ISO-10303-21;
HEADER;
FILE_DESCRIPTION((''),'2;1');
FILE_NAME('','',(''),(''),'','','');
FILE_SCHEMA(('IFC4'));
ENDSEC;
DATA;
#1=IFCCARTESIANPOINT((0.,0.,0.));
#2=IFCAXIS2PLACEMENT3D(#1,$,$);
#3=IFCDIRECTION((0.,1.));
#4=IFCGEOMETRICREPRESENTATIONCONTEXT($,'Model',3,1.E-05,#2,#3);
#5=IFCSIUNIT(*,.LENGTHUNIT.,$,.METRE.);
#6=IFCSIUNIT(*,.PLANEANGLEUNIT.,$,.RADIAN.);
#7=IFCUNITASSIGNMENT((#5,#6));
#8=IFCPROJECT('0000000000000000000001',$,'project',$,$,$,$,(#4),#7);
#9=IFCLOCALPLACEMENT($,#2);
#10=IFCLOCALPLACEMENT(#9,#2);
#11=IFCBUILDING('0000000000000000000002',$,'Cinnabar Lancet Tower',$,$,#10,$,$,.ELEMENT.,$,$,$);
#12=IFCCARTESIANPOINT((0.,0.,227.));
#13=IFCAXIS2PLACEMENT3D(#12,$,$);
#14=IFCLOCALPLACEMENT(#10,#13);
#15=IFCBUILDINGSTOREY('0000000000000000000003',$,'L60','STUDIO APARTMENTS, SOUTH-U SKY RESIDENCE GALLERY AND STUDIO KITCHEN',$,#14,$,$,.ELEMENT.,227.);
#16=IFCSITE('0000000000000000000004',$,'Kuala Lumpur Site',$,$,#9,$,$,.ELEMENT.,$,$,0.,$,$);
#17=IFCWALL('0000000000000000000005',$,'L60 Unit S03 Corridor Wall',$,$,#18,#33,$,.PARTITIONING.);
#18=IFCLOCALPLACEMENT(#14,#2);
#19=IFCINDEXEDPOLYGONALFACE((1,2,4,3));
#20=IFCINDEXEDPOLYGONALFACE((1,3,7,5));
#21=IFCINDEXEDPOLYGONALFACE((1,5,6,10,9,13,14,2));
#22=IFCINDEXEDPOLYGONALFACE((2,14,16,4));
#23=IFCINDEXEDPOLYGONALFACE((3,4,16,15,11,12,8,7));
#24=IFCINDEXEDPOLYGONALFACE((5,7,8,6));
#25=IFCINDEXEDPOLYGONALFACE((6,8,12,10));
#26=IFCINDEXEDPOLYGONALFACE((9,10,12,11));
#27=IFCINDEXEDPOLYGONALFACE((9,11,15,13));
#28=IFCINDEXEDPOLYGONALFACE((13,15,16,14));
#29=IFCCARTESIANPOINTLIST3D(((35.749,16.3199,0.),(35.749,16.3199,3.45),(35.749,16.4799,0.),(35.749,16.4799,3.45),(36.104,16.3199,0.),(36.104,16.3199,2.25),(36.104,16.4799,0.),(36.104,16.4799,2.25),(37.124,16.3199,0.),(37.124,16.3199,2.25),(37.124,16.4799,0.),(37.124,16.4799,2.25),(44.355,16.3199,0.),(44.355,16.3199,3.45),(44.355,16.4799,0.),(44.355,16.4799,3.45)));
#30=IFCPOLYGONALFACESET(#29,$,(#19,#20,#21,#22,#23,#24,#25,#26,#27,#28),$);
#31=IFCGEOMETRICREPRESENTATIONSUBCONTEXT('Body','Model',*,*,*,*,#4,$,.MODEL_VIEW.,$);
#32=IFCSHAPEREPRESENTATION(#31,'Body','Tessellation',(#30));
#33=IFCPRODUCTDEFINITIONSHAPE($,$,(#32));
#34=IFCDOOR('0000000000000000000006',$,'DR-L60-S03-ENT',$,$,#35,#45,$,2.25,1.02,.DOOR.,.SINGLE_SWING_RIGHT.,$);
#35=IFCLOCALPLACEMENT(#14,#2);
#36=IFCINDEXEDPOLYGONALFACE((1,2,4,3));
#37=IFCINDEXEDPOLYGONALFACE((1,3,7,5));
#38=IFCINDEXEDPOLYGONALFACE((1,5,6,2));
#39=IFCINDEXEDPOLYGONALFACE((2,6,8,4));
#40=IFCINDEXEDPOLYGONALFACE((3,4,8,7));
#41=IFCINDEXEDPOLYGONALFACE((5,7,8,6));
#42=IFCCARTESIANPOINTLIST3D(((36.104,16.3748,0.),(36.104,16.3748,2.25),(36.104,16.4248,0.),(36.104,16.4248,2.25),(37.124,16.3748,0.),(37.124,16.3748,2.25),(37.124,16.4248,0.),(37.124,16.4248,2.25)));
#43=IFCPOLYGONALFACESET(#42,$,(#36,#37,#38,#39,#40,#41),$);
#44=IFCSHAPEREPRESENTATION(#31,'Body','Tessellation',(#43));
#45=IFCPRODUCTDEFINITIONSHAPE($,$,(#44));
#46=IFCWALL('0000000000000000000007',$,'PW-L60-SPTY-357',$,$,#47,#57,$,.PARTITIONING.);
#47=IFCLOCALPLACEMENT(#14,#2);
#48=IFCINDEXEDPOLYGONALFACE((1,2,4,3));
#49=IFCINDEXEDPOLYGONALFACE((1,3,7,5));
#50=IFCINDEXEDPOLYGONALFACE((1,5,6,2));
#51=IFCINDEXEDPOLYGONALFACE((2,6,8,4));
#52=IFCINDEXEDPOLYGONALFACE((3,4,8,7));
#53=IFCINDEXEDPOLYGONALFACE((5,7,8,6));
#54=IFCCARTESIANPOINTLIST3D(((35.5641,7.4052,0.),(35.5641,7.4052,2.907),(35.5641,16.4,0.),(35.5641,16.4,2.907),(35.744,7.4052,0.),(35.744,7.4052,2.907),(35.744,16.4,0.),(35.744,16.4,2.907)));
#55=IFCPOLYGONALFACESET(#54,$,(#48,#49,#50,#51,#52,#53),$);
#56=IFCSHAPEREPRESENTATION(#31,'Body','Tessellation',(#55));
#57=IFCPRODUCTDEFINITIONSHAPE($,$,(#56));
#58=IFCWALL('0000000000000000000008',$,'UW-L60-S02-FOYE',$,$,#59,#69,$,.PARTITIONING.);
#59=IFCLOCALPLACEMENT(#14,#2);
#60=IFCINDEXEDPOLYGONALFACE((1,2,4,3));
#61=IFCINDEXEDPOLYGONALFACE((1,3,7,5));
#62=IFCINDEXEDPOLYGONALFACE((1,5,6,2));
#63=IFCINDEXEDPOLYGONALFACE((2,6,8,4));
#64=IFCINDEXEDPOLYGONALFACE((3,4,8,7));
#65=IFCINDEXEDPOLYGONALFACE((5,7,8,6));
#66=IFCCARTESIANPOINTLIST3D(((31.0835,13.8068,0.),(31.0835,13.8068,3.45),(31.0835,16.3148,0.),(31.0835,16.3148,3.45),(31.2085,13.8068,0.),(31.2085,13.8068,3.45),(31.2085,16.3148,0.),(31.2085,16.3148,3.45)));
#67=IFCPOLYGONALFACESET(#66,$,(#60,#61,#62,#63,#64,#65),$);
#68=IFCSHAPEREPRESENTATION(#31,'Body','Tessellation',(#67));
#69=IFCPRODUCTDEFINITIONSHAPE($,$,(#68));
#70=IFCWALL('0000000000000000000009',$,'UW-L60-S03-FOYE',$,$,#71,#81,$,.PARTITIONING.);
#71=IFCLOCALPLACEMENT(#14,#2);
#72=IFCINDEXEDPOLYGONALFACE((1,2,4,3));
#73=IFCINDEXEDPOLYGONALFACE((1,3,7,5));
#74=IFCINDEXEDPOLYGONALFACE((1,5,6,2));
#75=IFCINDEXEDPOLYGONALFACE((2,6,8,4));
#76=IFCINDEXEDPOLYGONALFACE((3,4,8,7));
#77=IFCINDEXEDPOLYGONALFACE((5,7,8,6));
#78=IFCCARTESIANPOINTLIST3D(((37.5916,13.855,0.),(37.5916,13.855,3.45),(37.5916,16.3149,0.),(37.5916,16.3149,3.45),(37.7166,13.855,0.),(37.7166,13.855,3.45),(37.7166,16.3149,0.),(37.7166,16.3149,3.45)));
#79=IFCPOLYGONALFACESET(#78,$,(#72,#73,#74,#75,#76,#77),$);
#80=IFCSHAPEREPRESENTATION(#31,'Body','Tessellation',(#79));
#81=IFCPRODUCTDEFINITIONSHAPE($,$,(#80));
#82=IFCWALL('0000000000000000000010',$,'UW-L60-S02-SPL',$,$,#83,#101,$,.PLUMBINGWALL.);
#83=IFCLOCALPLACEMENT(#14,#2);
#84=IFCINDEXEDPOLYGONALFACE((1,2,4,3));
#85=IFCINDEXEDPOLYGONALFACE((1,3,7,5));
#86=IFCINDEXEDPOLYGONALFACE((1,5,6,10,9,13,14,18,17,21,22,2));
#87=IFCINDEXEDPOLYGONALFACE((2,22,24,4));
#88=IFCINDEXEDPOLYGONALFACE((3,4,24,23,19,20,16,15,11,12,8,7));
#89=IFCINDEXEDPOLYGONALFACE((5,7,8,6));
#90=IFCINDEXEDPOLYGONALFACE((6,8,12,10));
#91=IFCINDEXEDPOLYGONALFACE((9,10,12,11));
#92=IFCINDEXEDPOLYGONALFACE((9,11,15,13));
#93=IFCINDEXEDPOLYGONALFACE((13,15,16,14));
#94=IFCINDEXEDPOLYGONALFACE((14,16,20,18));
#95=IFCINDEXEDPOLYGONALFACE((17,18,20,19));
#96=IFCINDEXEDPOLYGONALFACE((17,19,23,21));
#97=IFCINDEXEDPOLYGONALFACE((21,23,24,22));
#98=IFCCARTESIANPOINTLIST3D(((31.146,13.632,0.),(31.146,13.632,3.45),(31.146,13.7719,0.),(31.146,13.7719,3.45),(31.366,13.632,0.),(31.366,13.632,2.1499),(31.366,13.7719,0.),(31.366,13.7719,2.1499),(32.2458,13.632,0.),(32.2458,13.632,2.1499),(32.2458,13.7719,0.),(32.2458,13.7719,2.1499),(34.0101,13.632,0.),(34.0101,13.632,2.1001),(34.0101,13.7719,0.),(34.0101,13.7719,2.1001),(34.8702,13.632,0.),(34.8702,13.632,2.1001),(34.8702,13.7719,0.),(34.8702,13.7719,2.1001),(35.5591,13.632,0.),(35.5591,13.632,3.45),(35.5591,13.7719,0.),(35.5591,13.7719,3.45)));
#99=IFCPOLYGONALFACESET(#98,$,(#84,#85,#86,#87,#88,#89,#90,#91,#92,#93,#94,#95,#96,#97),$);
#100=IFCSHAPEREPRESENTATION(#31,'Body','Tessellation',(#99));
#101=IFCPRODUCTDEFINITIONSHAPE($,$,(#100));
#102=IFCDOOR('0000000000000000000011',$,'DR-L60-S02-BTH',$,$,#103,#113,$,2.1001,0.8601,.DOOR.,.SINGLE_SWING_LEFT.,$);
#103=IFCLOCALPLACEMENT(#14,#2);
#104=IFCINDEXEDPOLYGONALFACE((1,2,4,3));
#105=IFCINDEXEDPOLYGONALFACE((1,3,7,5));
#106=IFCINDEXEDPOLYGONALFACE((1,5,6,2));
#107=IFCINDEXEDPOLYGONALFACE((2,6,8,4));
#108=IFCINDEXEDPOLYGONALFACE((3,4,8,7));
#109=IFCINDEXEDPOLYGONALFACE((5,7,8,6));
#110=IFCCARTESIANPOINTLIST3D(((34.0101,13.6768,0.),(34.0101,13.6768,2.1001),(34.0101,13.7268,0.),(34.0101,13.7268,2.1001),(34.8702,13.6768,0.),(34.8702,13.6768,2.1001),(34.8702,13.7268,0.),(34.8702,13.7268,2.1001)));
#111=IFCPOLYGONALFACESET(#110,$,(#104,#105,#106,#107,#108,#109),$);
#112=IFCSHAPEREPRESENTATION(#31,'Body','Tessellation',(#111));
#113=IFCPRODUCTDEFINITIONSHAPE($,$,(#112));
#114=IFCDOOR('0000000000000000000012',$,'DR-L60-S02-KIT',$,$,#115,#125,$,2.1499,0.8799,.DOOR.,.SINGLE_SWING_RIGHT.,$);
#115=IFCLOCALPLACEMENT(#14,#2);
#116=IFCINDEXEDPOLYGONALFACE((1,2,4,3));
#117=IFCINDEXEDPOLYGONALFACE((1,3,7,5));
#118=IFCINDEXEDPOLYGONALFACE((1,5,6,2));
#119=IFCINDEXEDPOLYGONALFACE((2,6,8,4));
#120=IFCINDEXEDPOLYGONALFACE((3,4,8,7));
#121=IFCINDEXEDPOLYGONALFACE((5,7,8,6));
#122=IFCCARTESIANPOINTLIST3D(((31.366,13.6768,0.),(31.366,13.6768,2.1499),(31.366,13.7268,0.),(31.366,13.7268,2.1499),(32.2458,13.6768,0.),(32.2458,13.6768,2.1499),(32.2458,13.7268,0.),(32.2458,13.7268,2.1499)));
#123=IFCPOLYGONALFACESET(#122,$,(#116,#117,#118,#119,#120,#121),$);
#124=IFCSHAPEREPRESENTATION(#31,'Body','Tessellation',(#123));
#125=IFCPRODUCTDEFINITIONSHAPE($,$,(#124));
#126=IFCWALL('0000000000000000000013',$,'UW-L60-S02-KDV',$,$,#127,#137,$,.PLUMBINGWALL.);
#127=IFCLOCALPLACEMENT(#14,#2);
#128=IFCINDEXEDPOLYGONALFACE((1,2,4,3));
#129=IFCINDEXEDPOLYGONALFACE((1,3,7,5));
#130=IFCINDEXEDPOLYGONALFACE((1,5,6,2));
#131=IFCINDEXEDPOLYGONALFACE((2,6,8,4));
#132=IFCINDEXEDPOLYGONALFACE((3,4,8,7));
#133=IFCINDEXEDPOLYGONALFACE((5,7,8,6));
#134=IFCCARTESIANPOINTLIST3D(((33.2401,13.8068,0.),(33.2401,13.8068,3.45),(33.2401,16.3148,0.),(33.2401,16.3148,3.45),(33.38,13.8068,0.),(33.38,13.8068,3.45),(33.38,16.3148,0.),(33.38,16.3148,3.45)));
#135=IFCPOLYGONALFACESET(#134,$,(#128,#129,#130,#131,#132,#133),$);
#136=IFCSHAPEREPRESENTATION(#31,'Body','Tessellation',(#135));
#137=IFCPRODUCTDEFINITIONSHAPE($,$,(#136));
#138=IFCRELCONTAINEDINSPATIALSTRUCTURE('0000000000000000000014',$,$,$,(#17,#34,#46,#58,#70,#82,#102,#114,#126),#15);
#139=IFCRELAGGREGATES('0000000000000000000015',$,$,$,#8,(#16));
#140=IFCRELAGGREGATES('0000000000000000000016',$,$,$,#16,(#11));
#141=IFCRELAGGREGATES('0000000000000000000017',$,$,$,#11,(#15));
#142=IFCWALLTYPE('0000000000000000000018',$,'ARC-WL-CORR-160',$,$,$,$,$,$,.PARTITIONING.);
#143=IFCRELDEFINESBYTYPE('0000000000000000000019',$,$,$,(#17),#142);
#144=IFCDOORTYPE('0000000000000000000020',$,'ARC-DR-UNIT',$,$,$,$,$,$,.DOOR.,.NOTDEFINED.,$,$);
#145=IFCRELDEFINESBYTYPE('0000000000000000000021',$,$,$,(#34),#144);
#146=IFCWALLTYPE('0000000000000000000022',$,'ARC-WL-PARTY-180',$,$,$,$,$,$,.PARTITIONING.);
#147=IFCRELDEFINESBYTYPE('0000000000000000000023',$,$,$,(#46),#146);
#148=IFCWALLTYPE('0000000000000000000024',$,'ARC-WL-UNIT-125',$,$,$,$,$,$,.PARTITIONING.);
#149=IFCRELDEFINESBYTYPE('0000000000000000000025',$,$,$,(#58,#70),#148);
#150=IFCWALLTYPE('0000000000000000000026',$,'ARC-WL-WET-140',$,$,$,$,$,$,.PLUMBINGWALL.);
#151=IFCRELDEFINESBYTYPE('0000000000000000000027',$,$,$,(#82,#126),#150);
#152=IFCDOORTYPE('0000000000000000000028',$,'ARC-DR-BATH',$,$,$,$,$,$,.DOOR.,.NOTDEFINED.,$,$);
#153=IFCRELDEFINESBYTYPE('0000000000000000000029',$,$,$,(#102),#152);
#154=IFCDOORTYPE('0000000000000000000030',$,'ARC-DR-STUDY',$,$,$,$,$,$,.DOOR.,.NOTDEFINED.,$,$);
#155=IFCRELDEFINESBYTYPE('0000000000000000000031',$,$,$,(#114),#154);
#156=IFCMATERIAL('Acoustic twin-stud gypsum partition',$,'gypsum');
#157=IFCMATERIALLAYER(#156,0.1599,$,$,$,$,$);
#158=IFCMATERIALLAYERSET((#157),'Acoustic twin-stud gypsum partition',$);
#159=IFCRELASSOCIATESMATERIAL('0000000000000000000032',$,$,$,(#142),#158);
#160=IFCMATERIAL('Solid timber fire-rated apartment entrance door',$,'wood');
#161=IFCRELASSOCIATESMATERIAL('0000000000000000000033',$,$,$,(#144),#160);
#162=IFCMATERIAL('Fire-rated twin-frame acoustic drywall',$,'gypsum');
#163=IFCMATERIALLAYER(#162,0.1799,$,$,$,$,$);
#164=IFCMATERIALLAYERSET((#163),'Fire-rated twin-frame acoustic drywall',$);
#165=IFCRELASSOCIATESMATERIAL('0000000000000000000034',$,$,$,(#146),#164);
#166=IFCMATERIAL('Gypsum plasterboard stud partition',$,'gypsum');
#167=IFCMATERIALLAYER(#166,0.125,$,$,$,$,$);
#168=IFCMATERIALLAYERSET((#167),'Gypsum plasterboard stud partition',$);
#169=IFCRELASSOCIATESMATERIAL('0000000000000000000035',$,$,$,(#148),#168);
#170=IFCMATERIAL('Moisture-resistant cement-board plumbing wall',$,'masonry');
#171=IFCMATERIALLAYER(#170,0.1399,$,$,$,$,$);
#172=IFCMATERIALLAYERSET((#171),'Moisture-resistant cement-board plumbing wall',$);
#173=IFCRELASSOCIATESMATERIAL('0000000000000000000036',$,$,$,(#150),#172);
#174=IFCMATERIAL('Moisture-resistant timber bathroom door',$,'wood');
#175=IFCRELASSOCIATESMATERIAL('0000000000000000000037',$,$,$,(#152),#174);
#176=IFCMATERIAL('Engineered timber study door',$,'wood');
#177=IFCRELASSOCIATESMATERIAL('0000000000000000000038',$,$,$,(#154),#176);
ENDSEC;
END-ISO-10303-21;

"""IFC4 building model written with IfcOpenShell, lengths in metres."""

from ifc_helpers import new_model, si_unit, direction, frame, frame_2d, origin, place, context, subcontext, project, spatial, rectangle, extrude, material, layer, layer_set, type_object, element, fill, save


model = new_model("IFC4")

# Units and contexts
model_context = context("Model", 3, precision=1e-05, world=origin(), true_north=direction((0.0, 1.0)))
body_context = subcontext(model_context, "Body", "Model", "MODEL_VIEW")
ifc_project = project(units=[si_unit("LENGTHUNIT", "METRE"), si_unit("PLANEANGLEUNIT", "RADIAN")], contexts=[model_context])

# Site, building, storey
site_placement = place(None, origin())
site = spatial("IfcSite", under=ifc_project, at=site_placement, Name="Kuala Lumpur Site", CompositionType="ELEMENT", RefElevation=0.0)
building_placement = place(site_placement, origin())
building = spatial("IfcBuilding", under=site, at=building_placement, Name="Cinnabar Lancet Tower", CompositionType="ELEMENT")
storey_placement = place(building_placement, frame((0.0, 0.0, 227.0)))
storey = spatial("IfcBuildingStorey", under=building, at=storey_placement, Name="L60", Description="STUDIO APARTMENTS, SOUTH-U SKY RESIDENCE GALLERY AND STUDIO KITCHEN", CompositionType="ELEMENT", Elevation=227.0)

# Wall, opening, door
ifc_material_1 = material(Name="Acoustic twin-stud gypsum partition", Category="gypsum")
ifc_layer_1 = layer(ifc_material_1, 0.1599)
ifc_layer_set_1 = layer_set([ifc_layer_1], Name="Acoustic twin-stud gypsum partition")
wall_type_1 = type_object("IfcWallType", Name="ARC-WL-CORR-160", PredefinedType="PARTITIONING", material=ifc_layer_set_1)
wall_1_placement = place(storey_placement, frame((35.749, 16.3999, 0.0), z_axis=(0.0, 0.0, 1.0), x_axis=(1.0, 0.0, 0.0)))
wall_1 = element("IfcWall", 1, at=wall_1_placement, inside=storey, type_object=wall_type_1, Name="L60 Unit S03 Corridor Wall", PredefinedType="PARTITIONING", context=body_context, shape_type="SweptSolid", body=[
    extrude(rectangle(XDim=8.606, YDim=0.1599, at=frame_2d((4.303, 0.0))), origin(), (0.0, 0.0, 1.0), 3.45),
])
opening_1_placement = place(wall_1_placement, frame((0.355, 0.0, 0.0)))
opening_1 = element("IfcOpeningElement", 2, at=opening_1_placement, cuts=wall_1, PredefinedType="OPENING", context=body_context, shape_type="SweptSolid", body=[
    extrude(rectangle(XDim=1.02, YDim=2.25, at=frame_2d((0.51, 1.125))), frame((0.0, 0.0898, 0.0), z_axis=(0.0, -1.0, 0.0), x_axis=(1.0, 0.0, 0.0)), (0.0, 0.0, 1.0), 0.1799),
])
ifc_material_2 = material(Name="Solid timber fire-rated apartment entrance door", Category="wood")
door_type_1 = type_object("IfcDoorType", Name="ARC-DR-UNIT", OperationType="NOTDEFINED", PredefinedType="DOOR", material=ifc_material_2)
door_1_placement = place(opening_1_placement, origin())
door_1 = element("IfcDoor", 3, at=door_1_placement, inside=storey, type_object=door_type_1, Name="DR-L60-S03-ENT", OperationType="SINGLE_SWING_RIGHT", OverallHeight=2.25, OverallWidth=1.02, PredefinedType="DOOR", context=body_context, shape_type="SweptSolid", body=[
    extrude(rectangle(XDim=1.02, YDim=2.25, at=frame_2d((0.51, 1.125))), frame((0.0, 0.0249, 0.0), z_axis=(0.0, -1.0, 0.0), x_axis=(1.0, 0.0, 0.0)), (0.0, 0.0, 1.0), 0.05),
])
fill(opening_1, door_1)

# Walls
ifc_material_3 = material(Name="Fire-rated twin-frame acoustic drywall", Category="gypsum")
ifc_layer_2 = layer(ifc_material_3, 0.1799)
ifc_layer_set_2 = layer_set([ifc_layer_2], Name="Fire-rated twin-frame acoustic drywall")
wall_type_2 = type_object("IfcWallType", Name="ARC-WL-PARTY-180", PredefinedType="PARTITIONING", material=ifc_layer_set_2)
wall_2_placement = place(storey_placement, frame((35.6541, 7.405, 0.0), z_axis=(0.0, 0.0, 1.0), x_axis=(0.0, 1.0, 0.0)))
element("IfcWall", 4, at=wall_2_placement, inside=storey, type_object=wall_type_2, Name="PW-L60-SPTY-357", PredefinedType="PARTITIONING", context=body_context, shape_type="SweptSolid", body=[
    extrude(rectangle(XDim=8.9949, YDim=0.1799, at=frame_2d((4.4976, 0.0))), origin(), (0.0, 0.0, 1.0), 2.907),
])
ifc_material_4 = material(Name="Gypsum plasterboard stud partition", Category="gypsum")
ifc_layer_3 = layer(ifc_material_4, 0.125)
ifc_layer_set_3 = layer_set([ifc_layer_3], Name="Gypsum plasterboard stud partition")
wall_type_3 = type_object("IfcWallType", Name="ARC-WL-UNIT-125", PredefinedType="PARTITIONING", material=ifc_layer_set_3)
wall_3_placement = place(storey_placement, frame((31.146, 13.8069, 0.0), z_axis=(0.0, 0.0, 1.0), x_axis=(0.0, 1.0, 0.0)))
element("IfcWall", 5, at=wall_3_placement, inside=storey, type_object=wall_type_3, Name="UW-L60-S02-FOYE", PredefinedType="PARTITIONING", context=body_context, shape_type="SweptSolid", body=[
    extrude(rectangle(XDim=2.5081, YDim=0.125, at=frame_2d((1.2539, 0.0))), origin(), (0.0, 0.0, 1.0), 3.45),
])
wall_4_placement = place(storey_placement, frame((37.6541, 13.855, 0.0), z_axis=(0.0, 0.0, 1.0), x_axis=(0.0, 1.0, 0.0)))
element("IfcWall", 6, at=wall_4_placement, inside=storey, type_object=wall_type_3, Name="UW-L60-S03-FOYE", PredefinedType="PARTITIONING", context=body_context, shape_type="SweptSolid", body=[
    extrude(rectangle(XDim=2.46, YDim=0.125, at=frame_2d((1.23, 0.0))), origin(), (0.0, 0.0, 1.0), 3.45),
])

# Wall, openings, doors
ifc_material_5 = material(Name="Moisture-resistant cement-board plumbing wall", Category="masonry")
ifc_layer_4 = layer(ifc_material_5, 0.1399)
ifc_layer_set_4 = layer_set([ifc_layer_4], Name="Moisture-resistant cement-board plumbing wall")
wall_type_4 = type_object("IfcWallType", Name="ARC-WL-WET-140", PredefinedType="PLUMBINGWALL", material=ifc_layer_set_4)
wall_5_placement = place(storey_placement, frame((31.146, 13.7019, 0.0), z_axis=(0.0, 0.0, 1.0), x_axis=(1.0, 0.0, 0.0)))
wall_5 = element("IfcWall", 7, at=wall_5_placement, inside=storey, type_object=wall_type_4, Name="UW-L60-S02-SPL", PredefinedType="PLUMBINGWALL", context=body_context, shape_type="SweptSolid", body=[
    extrude(rectangle(XDim=4.4131, YDim=0.1399, at=frame_2d((2.2065, 0.0))), origin(), (0.0, 0.0, 1.0), 3.45),
])
opening_2_placement = place(wall_5_placement, frame((2.864, 0.0, 0.0)))
opening_2 = element("IfcOpeningElement", 8, at=opening_2_placement, cuts=wall_5, PredefinedType="OPENING", context=body_context, shape_type="SweptSolid", body=[
    extrude(rectangle(XDim=0.8601, YDim=2.1001, at=frame_2d((0.4302, 1.05))), frame((0.0, 0.0798, 0.0), z_axis=(0.0, -1.0, 0.0), x_axis=(1.0, 0.0, 0.0)), (0.0, 0.0, 1.0), 0.1599),
])
opening_3_placement = place(wall_5_placement, frame((0.22, 0.0, 0.0)))
opening_3 = element("IfcOpeningElement", 9, at=opening_3_placement, cuts=wall_5, PredefinedType="OPENING", context=body_context, shape_type="SweptSolid", body=[
    extrude(rectangle(XDim=0.8799, YDim=2.1499, at=frame_2d((0.4399, 1.075))), frame((0.0, 0.0798, 0.0), z_axis=(0.0, -1.0, 0.0), x_axis=(1.0, 0.0, 0.0)), (0.0, 0.0, 1.0), 0.1599),
])
ifc_material_6 = material(Name="Moisture-resistant timber bathroom door", Category="wood")
door_type_2 = type_object("IfcDoorType", Name="ARC-DR-BATH", OperationType="NOTDEFINED", PredefinedType="DOOR", material=ifc_material_6)
door_2_placement = place(opening_2_placement, origin())
door_2 = element("IfcDoor", 10, at=door_2_placement, inside=storey, type_object=door_type_2, Name="DR-L60-S02-BTH", OperationType="SINGLE_SWING_LEFT", OverallHeight=2.1001, OverallWidth=0.8601, PredefinedType="DOOR", context=body_context, shape_type="SweptSolid", body=[
    extrude(rectangle(XDim=0.8601, YDim=2.1001, at=frame_2d((0.4302, 1.05))), frame((0.0, 0.0249, 0.0), z_axis=(0.0, -1.0, 0.0), x_axis=(1.0, 0.0, 0.0)), (0.0, 0.0, 1.0), 0.05),
])
fill(opening_2, door_2)
ifc_material_7 = material(Name="Engineered timber study door", Category="wood")
door_type_3 = type_object("IfcDoorType", Name="ARC-DR-STUDY", OperationType="NOTDEFINED", PredefinedType="DOOR", material=ifc_material_7)
door_3_placement = place(opening_3_placement, origin())
door_3 = element("IfcDoor", 11, at=door_3_placement, inside=storey, type_object=door_type_3, Name="DR-L60-S02-KIT", OperationType="SINGLE_SWING_RIGHT", OverallHeight=2.1499, OverallWidth=0.8799, PredefinedType="DOOR", context=body_context, shape_type="SweptSolid", body=[
    extrude(rectangle(XDim=0.8799, YDim=2.1499, at=frame_2d((0.4399, 1.075))), frame((0.0, 0.0249, 0.0), z_axis=(0.0, -1.0, 0.0), x_axis=(1.0, 0.0, 0.0)), (0.0, 0.0, 1.0), 0.05),
])
fill(opening_3, door_3)

# Wall
wall_6_placement = place(storey_placement, frame((33.3101, 13.8069, 0.0), z_axis=(0.0, 0.0, 1.0), x_axis=(0.0, 1.0, 0.0)))
element("IfcWall", 12, at=wall_6_placement, inside=storey, type_object=wall_type_4, Name="UW-L60-S02-KDV", PredefinedType="PLUMBINGWALL", context=body_context, shape_type="SweptSolid", body=[
    extrude(rectangle(XDim=2.5081, YDim=0.1399, at=frame_2d((1.2539, 0.0))), origin(), (0.0, 0.0, 1.0), 3.45),
])

save(model, "model.ifc")
